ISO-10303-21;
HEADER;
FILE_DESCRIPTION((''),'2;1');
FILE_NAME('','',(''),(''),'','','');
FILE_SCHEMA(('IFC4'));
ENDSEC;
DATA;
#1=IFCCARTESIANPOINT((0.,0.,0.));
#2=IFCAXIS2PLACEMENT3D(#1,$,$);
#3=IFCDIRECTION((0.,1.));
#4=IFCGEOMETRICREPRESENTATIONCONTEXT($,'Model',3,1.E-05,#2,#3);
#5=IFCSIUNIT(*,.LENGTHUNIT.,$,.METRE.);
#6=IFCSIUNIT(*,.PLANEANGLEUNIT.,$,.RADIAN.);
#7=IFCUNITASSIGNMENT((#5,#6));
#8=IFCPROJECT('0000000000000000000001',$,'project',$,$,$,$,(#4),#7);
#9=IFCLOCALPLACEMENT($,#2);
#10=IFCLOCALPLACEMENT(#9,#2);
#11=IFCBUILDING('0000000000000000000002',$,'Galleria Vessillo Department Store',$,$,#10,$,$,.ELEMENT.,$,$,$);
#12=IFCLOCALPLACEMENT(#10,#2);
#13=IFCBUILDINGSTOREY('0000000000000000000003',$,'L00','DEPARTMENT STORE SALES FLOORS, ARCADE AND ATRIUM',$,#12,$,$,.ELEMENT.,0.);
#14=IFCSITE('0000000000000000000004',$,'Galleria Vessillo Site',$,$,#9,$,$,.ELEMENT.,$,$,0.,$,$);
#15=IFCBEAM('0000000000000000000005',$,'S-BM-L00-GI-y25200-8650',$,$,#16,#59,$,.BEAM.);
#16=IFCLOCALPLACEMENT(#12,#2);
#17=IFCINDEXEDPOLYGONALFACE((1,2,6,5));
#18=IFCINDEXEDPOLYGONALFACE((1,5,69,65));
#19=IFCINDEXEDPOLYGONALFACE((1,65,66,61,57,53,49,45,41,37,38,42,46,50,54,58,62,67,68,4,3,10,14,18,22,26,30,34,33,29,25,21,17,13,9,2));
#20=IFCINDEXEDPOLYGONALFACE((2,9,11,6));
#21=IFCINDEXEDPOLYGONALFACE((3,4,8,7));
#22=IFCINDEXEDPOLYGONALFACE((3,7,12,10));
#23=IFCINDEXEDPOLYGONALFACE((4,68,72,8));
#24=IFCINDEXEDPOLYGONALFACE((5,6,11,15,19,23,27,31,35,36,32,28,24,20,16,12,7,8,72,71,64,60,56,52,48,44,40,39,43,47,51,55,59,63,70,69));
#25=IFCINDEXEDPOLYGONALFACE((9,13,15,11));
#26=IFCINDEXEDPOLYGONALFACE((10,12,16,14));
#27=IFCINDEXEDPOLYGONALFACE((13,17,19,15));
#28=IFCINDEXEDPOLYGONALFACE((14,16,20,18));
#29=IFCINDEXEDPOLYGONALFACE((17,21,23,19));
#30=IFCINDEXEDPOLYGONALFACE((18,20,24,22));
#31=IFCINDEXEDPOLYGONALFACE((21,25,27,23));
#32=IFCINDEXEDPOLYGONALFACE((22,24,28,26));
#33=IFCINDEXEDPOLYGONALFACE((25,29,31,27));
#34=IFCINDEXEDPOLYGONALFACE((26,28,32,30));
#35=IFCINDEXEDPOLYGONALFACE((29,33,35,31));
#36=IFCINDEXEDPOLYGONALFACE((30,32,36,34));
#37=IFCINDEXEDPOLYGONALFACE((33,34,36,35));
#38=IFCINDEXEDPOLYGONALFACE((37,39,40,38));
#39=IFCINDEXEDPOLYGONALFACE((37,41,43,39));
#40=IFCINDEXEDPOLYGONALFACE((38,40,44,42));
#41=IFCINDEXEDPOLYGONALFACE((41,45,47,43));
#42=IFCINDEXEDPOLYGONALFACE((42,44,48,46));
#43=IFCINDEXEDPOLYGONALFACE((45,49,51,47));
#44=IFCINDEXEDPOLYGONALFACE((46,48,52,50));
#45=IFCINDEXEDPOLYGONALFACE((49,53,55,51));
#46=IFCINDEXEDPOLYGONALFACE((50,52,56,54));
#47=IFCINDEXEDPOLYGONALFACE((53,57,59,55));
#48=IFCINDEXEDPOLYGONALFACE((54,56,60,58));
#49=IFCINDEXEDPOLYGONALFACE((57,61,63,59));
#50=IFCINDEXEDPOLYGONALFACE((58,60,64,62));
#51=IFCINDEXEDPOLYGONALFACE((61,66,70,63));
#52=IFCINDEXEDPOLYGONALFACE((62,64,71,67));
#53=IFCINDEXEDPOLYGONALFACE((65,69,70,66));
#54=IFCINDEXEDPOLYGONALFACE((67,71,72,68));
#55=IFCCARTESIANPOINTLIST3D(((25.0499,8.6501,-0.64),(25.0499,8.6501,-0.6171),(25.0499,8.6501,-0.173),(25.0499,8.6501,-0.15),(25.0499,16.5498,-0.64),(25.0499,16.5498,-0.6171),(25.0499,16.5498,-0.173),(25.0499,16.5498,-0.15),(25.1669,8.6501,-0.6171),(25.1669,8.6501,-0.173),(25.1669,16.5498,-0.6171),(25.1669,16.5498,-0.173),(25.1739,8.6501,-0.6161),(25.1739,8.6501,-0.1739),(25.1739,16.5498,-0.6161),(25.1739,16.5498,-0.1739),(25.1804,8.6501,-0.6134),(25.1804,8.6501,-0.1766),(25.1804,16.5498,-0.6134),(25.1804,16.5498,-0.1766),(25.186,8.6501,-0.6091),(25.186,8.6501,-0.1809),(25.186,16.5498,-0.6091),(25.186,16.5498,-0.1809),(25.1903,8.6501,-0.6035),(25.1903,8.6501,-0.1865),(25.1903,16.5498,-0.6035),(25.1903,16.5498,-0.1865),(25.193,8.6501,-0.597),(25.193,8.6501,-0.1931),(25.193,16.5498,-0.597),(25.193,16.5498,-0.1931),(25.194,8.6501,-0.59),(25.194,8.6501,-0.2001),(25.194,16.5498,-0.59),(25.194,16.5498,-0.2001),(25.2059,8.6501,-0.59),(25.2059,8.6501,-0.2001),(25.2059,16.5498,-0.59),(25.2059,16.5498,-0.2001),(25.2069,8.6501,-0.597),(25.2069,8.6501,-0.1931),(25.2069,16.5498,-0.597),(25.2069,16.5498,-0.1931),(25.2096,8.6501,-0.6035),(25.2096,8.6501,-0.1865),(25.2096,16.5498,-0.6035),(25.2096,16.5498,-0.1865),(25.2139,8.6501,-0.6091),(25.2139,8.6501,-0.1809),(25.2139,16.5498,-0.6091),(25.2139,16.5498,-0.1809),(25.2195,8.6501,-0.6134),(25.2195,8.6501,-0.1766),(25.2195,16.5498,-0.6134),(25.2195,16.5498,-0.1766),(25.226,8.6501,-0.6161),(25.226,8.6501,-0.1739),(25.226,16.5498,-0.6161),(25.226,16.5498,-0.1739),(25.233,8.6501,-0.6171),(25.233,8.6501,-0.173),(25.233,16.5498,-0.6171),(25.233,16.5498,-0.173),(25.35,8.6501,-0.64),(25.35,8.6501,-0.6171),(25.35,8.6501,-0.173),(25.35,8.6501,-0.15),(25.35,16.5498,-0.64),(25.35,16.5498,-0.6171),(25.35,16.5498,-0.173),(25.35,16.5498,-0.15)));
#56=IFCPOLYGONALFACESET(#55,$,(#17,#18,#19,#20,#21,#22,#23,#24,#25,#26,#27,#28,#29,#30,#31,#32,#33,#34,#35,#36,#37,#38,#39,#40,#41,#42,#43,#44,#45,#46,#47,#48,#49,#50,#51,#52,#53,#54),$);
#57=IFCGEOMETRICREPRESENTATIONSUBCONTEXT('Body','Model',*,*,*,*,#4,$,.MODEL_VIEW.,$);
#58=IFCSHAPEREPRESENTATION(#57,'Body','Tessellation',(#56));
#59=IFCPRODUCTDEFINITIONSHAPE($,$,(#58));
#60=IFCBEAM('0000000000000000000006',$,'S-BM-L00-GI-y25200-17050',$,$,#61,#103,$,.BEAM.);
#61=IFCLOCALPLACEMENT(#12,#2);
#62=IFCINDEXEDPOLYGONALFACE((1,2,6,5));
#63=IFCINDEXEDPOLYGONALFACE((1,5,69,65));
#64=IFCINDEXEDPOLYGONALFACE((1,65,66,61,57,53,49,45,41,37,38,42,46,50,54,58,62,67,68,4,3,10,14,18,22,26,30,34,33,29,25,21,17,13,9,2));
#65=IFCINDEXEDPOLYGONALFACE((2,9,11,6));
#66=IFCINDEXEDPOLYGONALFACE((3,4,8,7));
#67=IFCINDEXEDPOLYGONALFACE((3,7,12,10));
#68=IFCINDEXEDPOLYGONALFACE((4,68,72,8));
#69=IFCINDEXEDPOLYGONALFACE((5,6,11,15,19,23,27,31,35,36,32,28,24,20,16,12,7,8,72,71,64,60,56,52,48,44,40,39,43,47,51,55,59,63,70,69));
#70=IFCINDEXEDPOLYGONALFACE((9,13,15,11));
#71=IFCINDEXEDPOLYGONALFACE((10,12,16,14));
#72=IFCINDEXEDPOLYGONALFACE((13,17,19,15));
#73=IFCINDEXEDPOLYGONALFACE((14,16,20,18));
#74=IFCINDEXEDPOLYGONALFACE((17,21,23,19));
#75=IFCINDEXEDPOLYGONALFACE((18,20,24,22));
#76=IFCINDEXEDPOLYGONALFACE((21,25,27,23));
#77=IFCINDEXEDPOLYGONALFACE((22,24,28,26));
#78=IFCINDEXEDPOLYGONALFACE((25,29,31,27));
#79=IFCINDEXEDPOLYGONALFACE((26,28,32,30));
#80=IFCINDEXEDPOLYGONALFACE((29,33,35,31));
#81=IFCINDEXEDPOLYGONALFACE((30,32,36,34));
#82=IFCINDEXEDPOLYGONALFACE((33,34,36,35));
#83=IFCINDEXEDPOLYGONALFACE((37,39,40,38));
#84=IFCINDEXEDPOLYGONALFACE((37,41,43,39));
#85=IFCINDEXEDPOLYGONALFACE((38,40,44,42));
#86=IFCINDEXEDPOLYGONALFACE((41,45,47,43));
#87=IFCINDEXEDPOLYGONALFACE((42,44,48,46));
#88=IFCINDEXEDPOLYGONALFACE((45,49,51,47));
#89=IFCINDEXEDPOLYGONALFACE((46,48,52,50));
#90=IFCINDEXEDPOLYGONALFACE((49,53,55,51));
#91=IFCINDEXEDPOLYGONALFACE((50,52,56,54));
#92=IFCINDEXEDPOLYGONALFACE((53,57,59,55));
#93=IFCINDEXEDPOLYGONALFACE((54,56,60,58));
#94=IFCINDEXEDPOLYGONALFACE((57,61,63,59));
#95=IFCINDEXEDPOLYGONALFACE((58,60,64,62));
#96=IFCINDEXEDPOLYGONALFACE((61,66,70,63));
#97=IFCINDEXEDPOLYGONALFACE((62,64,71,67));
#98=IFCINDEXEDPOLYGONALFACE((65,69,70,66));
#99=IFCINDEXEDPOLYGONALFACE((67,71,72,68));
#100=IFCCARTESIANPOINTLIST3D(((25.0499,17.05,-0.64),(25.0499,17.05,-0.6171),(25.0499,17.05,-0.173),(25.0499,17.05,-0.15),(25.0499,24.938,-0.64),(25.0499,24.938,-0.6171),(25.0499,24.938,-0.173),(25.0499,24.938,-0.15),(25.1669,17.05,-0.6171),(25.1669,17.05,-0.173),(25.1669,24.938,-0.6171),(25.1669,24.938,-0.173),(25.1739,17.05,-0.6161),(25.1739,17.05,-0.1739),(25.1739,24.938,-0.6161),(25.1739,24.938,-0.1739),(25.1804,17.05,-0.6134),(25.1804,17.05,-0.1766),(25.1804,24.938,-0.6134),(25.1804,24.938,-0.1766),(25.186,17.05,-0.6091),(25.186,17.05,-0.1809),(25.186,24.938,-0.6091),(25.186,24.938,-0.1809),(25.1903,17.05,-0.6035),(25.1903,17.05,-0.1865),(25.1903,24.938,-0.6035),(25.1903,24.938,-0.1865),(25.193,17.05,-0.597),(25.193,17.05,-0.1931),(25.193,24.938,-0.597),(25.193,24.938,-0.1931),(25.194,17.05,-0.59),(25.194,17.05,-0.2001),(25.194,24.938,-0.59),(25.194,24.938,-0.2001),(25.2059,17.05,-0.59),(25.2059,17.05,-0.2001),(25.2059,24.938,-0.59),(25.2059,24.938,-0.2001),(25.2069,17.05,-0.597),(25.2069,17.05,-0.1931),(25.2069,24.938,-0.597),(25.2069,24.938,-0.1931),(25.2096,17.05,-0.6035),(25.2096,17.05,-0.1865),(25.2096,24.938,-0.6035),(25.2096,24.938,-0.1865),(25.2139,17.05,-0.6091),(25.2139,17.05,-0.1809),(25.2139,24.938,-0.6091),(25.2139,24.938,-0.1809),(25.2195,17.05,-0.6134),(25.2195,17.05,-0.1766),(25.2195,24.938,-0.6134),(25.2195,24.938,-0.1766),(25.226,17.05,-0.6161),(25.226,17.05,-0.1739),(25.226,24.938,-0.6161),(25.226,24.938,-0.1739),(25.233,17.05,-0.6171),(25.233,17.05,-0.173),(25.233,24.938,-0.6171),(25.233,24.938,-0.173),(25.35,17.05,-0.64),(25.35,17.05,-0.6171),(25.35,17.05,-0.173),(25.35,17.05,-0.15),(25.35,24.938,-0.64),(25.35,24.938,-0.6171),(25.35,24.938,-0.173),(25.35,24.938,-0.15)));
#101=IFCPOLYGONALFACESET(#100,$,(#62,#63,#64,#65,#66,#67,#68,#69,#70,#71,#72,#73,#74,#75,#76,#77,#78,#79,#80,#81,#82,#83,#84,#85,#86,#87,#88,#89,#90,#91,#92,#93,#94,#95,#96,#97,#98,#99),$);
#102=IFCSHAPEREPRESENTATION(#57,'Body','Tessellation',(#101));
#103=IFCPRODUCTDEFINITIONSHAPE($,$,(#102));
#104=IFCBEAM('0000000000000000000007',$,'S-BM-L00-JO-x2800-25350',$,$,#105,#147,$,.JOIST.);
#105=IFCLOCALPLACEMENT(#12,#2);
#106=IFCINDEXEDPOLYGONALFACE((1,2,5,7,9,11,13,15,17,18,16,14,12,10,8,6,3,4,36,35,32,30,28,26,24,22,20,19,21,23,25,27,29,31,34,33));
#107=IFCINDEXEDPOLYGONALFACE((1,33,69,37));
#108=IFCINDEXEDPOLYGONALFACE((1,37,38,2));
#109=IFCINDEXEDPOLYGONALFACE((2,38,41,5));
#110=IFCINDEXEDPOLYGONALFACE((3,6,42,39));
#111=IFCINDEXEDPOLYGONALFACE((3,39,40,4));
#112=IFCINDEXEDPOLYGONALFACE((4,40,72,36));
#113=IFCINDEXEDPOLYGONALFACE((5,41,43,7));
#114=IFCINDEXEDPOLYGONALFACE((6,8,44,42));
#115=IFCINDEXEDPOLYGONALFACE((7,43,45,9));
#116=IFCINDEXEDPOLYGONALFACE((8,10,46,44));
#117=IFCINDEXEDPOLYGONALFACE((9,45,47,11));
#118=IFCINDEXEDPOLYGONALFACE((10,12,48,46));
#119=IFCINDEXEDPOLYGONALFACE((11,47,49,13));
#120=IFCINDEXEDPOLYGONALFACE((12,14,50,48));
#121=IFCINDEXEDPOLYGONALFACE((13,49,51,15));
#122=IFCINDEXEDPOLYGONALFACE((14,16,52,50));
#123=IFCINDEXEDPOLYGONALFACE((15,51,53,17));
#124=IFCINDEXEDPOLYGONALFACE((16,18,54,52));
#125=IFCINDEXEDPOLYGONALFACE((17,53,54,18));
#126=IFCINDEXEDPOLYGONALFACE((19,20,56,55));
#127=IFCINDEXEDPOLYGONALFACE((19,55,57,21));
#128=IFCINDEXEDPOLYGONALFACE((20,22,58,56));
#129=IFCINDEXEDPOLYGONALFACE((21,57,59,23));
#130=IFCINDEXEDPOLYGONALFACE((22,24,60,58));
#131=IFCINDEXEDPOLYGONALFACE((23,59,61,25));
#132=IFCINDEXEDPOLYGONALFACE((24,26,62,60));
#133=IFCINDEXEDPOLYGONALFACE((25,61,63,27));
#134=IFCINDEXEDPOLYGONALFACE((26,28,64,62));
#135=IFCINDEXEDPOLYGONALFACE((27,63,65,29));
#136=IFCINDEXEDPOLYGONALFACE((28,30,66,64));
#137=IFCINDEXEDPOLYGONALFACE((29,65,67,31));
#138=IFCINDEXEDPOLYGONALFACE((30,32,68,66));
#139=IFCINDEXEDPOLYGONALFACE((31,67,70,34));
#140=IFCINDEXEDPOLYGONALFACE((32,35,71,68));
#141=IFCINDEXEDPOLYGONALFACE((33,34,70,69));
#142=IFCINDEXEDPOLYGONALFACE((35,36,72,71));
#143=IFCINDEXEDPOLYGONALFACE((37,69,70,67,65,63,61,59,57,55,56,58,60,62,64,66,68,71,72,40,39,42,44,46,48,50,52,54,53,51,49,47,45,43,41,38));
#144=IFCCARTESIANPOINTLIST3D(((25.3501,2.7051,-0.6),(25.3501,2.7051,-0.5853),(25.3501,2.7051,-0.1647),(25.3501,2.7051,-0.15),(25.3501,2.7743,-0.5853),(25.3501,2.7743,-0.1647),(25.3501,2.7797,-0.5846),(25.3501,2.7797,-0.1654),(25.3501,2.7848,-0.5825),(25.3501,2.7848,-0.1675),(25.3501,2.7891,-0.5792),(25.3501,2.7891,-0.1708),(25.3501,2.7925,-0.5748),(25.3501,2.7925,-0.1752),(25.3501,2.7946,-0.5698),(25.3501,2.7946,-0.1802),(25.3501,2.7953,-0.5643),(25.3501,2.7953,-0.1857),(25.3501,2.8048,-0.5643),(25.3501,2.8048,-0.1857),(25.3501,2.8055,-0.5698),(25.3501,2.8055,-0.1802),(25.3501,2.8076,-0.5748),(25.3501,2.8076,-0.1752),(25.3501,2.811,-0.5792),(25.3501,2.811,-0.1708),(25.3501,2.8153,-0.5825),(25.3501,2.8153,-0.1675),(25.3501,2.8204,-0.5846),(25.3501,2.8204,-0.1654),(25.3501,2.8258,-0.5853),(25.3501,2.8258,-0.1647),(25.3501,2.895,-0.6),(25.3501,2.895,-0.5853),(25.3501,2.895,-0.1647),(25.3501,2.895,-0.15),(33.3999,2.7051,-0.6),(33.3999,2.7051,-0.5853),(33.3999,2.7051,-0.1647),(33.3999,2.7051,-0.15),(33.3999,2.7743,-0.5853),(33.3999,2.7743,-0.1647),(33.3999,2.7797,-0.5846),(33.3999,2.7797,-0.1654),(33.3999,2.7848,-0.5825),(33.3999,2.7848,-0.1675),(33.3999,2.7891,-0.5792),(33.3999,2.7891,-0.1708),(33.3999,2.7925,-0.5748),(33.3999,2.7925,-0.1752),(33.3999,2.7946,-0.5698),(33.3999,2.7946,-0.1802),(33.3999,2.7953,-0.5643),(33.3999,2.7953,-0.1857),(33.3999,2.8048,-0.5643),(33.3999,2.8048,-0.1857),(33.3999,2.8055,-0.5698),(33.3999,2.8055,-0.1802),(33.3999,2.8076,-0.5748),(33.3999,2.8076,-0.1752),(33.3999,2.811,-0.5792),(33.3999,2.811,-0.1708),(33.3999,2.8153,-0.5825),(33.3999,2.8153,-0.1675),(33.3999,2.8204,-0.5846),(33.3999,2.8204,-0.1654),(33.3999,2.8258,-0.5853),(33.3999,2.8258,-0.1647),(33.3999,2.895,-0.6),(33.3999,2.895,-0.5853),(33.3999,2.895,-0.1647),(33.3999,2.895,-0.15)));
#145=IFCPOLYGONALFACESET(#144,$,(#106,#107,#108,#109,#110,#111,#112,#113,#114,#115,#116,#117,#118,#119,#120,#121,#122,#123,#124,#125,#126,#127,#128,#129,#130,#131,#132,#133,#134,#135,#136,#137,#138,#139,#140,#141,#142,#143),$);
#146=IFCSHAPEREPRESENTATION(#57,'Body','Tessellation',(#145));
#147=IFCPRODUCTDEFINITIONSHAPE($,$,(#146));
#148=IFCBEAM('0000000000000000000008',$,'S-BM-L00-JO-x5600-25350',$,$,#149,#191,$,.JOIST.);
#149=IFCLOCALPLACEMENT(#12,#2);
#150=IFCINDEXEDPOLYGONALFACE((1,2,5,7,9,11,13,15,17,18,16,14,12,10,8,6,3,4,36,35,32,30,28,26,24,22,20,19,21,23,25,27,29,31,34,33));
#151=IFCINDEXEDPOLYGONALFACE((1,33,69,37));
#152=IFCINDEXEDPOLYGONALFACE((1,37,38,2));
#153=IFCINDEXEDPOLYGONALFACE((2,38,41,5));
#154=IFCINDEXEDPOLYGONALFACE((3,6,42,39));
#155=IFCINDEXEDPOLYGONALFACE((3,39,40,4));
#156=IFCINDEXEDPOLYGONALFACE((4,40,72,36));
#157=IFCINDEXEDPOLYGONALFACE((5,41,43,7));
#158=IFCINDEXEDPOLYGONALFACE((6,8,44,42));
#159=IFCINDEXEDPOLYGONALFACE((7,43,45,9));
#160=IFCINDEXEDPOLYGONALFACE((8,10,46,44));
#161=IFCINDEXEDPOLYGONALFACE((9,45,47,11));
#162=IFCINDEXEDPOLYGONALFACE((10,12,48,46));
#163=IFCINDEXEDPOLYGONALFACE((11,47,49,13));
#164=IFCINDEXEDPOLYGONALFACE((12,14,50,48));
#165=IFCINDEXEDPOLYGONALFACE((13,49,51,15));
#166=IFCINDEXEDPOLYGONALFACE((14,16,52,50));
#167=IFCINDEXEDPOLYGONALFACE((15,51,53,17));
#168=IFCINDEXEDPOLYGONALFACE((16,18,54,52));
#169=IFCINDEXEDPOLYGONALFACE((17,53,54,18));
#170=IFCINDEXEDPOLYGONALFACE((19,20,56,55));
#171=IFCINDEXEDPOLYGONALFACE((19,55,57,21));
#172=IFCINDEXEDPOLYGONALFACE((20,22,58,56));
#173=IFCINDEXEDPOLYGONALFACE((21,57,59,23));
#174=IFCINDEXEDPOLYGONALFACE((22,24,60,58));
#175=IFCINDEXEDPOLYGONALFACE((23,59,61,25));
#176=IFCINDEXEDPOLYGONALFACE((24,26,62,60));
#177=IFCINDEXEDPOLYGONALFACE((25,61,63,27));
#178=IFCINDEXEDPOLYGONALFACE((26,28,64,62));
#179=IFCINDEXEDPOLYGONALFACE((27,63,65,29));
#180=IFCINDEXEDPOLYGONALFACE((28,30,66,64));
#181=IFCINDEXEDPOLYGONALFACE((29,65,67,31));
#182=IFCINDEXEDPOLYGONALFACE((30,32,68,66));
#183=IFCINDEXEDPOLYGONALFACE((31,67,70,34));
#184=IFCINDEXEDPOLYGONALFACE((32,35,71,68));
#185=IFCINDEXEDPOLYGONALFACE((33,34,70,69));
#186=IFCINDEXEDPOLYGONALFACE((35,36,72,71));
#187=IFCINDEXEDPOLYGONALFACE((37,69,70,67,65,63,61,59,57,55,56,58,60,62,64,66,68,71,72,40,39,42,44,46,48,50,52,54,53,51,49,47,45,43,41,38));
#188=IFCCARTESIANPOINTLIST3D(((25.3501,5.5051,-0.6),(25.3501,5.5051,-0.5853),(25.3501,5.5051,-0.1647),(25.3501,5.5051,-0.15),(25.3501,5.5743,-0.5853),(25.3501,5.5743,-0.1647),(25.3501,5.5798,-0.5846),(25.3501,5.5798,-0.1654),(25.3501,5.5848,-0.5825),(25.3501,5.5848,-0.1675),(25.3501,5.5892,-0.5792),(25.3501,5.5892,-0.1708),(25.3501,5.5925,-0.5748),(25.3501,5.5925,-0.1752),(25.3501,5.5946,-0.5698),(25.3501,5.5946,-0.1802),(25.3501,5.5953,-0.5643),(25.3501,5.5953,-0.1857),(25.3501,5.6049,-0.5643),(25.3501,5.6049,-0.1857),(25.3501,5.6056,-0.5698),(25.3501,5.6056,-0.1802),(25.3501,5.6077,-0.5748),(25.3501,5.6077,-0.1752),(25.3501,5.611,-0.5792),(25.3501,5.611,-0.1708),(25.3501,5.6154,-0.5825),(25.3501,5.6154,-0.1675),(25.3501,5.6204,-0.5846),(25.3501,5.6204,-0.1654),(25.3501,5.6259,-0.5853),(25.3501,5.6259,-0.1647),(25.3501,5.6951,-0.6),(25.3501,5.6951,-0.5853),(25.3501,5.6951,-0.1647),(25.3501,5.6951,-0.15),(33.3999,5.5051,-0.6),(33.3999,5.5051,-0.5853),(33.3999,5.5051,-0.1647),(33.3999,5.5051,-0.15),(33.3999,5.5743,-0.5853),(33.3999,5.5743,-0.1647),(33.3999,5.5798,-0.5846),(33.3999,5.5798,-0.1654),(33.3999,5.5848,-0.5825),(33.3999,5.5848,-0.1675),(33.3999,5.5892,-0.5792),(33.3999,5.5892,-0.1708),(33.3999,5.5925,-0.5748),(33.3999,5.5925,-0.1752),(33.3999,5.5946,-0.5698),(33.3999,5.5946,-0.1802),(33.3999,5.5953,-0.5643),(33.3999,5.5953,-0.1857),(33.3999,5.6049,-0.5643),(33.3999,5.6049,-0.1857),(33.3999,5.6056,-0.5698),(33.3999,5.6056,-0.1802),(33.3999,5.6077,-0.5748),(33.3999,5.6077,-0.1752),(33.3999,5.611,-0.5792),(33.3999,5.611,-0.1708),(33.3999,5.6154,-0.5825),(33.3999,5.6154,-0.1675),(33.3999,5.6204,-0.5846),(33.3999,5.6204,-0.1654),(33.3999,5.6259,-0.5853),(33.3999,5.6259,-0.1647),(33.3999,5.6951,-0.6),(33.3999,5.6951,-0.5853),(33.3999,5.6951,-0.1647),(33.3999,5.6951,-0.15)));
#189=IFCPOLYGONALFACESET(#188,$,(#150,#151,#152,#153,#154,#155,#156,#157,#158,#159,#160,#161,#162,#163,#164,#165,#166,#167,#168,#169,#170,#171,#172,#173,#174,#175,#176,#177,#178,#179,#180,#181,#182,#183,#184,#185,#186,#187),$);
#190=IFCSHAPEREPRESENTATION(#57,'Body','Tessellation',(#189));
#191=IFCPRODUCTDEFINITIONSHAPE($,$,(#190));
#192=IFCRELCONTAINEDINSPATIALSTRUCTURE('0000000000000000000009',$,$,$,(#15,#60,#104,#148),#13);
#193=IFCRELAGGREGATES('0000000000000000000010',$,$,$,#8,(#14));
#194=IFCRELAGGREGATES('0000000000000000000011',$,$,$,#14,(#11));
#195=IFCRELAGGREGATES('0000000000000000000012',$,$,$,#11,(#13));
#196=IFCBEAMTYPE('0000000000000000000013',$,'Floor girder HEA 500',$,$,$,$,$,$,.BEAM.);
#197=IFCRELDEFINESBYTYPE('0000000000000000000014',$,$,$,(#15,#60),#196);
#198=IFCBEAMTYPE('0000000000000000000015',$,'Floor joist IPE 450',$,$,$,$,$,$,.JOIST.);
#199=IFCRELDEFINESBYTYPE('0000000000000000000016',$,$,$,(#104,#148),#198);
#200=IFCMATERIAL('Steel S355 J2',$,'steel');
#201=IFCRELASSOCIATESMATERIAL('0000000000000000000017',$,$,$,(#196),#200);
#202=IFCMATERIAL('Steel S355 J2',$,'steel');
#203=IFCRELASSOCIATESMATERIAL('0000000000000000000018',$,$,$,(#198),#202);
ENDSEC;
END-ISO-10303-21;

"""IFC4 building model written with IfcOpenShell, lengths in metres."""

from ifc_helpers import new_model, si_unit, direction, frame, origin, origin_2d, place, context, subcontext, project, spatial, i_section, extrude, material, material_profile, profile_set, type_object, element, save


model = new_model("IFC4")

# Units and contexts
model_context = context("Model", 3, precision=1e-05, world=origin(), true_north=direction((0.0, 1.0)))
body_context = subcontext(model_context, "Body", "Model", "MODEL_VIEW")
ifc_project = project(units=[si_unit("LENGTHUNIT", "METRE"), si_unit("PLANEANGLEUNIT", "RADIAN")], contexts=[model_context])

# Site, building, storey
site_placement = place(None, origin())
site = spatial("IfcSite", under=ifc_project, at=site_placement, Name="Galleria Vessillo Site", CompositionType="ELEMENT", RefElevation=0.0)
building_placement = place(site_placement, origin())
building = spatial("IfcBuilding", under=site, at=building_placement, Name="Galleria Vessillo Department Store", CompositionType="ELEMENT")
storey_placement = place(building_placement, origin())
storey = spatial("IfcBuildingStorey", under=building, at=storey_placement, Name="L00", Description="DEPARTMENT STORE SALES FLOORS, ARCADE AND ATRIUM", CompositionType="ELEMENT", Elevation=0.0)

# Beams
ifc_material_1 = material(Name="Steel S355 J2", Category="steel")
ifc_material_profile_1 = material_profile(ifc_material_1, i_section(OverallWidth=0.3, OverallDepth=0.49, WebThickness=0.012, FlangeThickness=0.0229, FilletRadius=0.0271, at=origin_2d()), Name="HEA 500")
ifc_profile_set_1 = profile_set([ifc_material_profile_1], Name="Steel S355 J2")
beam_type_1 = type_object("IfcBeamType", Name="Floor girder HEA 500", PredefinedType="BEAM", material=ifc_profile_set_1)
for number, where, z_axis, x_axis, name in (
    (1, (25.2, 8.6501, -0.395), (0.0, 1.0, 0.0), (-1.0, 0.0, 0.0), "S-BM-L00-GI-y25200-8650"),
):
    element("IfcBeam", number, at=place(storey_placement, frame(where, z_axis=z_axis, x_axis=x_axis)), inside=storey, type_object=beam_type_1, Name=name, PredefinedType="BEAM", context=body_context, shape_type="SweptSolid", body=[
        extrude(i_section(OverallWidth=0.3, OverallDepth=0.49, WebThickness=0.012, FlangeThickness=0.0229, FilletRadius=0.0271, at=origin_2d()), origin(), (0.0, 0.0, 1.0), 7.8997),
    ])
beam_placement = place(storey_placement, frame((25.2, 17.05, -0.395), z_axis=(0.0, 1.0, 0.0), x_axis=(-1.0, 0.0, 0.0)))
element("IfcBeam", 2, at=beam_placement, inside=storey, type_object=beam_type_1, Name="S-BM-L00-GI-y25200-17050", PredefinedType="BEAM", context=body_context, shape_type="SweptSolid", body=[
    extrude(i_section(OverallWidth=0.3, OverallDepth=0.49, WebThickness=0.012, FlangeThickness=0.0229, FilletRadius=0.0271, at=origin_2d()), origin(), (0.0, 0.0, 1.0), 7.8879),
])
ifc_material_2 = material(Name="Steel S355 J2", Category="steel")
ifc_material_profile_2 = material_profile(ifc_material_2, i_section(OverallWidth=0.1899, OverallDepth=0.45, WebThickness=0.0095, FlangeThickness=0.0146, FilletRadius=0.021, at=origin_2d()), Name="IPE 450")
ifc_profile_set_2 = profile_set([ifc_material_profile_2], Name="Steel S355 J2")
beam_type_2 = type_object("IfcBeamType", Name="Floor joist IPE 450", PredefinedType="JOIST", material=ifc_profile_set_2)
for number, where, z_axis, x_axis, name in (
    (3, (25.3501, 2.8, -0.375), (1.0, 0.0, 0.0), (0.0, 1.0, 0.0), "S-BM-L00-JO-x2800-25350"),
    (4, (25.3501, 5.6001, -0.375), (1.0, 0.0, 0.0), (0.0, 1.0, 0.0), "S-BM-L00-JO-x5600-25350"),
):
    element("IfcBeam", number, at=place(storey_placement, frame(where, z_axis=z_axis, x_axis=x_axis)), inside=storey, type_object=beam_type_2, Name=name, PredefinedType="JOIST", context=body_context, shape_type="SweptSolid", body=[
        extrude(i_section(OverallWidth=0.1899, OverallDepth=0.45, WebThickness=0.0095, FlangeThickness=0.0146, FilletRadius=0.021, at=origin_2d()), origin(), (0.0, 0.0, 1.0), 8.0498),
    ])

save(model, "model.ifc")
